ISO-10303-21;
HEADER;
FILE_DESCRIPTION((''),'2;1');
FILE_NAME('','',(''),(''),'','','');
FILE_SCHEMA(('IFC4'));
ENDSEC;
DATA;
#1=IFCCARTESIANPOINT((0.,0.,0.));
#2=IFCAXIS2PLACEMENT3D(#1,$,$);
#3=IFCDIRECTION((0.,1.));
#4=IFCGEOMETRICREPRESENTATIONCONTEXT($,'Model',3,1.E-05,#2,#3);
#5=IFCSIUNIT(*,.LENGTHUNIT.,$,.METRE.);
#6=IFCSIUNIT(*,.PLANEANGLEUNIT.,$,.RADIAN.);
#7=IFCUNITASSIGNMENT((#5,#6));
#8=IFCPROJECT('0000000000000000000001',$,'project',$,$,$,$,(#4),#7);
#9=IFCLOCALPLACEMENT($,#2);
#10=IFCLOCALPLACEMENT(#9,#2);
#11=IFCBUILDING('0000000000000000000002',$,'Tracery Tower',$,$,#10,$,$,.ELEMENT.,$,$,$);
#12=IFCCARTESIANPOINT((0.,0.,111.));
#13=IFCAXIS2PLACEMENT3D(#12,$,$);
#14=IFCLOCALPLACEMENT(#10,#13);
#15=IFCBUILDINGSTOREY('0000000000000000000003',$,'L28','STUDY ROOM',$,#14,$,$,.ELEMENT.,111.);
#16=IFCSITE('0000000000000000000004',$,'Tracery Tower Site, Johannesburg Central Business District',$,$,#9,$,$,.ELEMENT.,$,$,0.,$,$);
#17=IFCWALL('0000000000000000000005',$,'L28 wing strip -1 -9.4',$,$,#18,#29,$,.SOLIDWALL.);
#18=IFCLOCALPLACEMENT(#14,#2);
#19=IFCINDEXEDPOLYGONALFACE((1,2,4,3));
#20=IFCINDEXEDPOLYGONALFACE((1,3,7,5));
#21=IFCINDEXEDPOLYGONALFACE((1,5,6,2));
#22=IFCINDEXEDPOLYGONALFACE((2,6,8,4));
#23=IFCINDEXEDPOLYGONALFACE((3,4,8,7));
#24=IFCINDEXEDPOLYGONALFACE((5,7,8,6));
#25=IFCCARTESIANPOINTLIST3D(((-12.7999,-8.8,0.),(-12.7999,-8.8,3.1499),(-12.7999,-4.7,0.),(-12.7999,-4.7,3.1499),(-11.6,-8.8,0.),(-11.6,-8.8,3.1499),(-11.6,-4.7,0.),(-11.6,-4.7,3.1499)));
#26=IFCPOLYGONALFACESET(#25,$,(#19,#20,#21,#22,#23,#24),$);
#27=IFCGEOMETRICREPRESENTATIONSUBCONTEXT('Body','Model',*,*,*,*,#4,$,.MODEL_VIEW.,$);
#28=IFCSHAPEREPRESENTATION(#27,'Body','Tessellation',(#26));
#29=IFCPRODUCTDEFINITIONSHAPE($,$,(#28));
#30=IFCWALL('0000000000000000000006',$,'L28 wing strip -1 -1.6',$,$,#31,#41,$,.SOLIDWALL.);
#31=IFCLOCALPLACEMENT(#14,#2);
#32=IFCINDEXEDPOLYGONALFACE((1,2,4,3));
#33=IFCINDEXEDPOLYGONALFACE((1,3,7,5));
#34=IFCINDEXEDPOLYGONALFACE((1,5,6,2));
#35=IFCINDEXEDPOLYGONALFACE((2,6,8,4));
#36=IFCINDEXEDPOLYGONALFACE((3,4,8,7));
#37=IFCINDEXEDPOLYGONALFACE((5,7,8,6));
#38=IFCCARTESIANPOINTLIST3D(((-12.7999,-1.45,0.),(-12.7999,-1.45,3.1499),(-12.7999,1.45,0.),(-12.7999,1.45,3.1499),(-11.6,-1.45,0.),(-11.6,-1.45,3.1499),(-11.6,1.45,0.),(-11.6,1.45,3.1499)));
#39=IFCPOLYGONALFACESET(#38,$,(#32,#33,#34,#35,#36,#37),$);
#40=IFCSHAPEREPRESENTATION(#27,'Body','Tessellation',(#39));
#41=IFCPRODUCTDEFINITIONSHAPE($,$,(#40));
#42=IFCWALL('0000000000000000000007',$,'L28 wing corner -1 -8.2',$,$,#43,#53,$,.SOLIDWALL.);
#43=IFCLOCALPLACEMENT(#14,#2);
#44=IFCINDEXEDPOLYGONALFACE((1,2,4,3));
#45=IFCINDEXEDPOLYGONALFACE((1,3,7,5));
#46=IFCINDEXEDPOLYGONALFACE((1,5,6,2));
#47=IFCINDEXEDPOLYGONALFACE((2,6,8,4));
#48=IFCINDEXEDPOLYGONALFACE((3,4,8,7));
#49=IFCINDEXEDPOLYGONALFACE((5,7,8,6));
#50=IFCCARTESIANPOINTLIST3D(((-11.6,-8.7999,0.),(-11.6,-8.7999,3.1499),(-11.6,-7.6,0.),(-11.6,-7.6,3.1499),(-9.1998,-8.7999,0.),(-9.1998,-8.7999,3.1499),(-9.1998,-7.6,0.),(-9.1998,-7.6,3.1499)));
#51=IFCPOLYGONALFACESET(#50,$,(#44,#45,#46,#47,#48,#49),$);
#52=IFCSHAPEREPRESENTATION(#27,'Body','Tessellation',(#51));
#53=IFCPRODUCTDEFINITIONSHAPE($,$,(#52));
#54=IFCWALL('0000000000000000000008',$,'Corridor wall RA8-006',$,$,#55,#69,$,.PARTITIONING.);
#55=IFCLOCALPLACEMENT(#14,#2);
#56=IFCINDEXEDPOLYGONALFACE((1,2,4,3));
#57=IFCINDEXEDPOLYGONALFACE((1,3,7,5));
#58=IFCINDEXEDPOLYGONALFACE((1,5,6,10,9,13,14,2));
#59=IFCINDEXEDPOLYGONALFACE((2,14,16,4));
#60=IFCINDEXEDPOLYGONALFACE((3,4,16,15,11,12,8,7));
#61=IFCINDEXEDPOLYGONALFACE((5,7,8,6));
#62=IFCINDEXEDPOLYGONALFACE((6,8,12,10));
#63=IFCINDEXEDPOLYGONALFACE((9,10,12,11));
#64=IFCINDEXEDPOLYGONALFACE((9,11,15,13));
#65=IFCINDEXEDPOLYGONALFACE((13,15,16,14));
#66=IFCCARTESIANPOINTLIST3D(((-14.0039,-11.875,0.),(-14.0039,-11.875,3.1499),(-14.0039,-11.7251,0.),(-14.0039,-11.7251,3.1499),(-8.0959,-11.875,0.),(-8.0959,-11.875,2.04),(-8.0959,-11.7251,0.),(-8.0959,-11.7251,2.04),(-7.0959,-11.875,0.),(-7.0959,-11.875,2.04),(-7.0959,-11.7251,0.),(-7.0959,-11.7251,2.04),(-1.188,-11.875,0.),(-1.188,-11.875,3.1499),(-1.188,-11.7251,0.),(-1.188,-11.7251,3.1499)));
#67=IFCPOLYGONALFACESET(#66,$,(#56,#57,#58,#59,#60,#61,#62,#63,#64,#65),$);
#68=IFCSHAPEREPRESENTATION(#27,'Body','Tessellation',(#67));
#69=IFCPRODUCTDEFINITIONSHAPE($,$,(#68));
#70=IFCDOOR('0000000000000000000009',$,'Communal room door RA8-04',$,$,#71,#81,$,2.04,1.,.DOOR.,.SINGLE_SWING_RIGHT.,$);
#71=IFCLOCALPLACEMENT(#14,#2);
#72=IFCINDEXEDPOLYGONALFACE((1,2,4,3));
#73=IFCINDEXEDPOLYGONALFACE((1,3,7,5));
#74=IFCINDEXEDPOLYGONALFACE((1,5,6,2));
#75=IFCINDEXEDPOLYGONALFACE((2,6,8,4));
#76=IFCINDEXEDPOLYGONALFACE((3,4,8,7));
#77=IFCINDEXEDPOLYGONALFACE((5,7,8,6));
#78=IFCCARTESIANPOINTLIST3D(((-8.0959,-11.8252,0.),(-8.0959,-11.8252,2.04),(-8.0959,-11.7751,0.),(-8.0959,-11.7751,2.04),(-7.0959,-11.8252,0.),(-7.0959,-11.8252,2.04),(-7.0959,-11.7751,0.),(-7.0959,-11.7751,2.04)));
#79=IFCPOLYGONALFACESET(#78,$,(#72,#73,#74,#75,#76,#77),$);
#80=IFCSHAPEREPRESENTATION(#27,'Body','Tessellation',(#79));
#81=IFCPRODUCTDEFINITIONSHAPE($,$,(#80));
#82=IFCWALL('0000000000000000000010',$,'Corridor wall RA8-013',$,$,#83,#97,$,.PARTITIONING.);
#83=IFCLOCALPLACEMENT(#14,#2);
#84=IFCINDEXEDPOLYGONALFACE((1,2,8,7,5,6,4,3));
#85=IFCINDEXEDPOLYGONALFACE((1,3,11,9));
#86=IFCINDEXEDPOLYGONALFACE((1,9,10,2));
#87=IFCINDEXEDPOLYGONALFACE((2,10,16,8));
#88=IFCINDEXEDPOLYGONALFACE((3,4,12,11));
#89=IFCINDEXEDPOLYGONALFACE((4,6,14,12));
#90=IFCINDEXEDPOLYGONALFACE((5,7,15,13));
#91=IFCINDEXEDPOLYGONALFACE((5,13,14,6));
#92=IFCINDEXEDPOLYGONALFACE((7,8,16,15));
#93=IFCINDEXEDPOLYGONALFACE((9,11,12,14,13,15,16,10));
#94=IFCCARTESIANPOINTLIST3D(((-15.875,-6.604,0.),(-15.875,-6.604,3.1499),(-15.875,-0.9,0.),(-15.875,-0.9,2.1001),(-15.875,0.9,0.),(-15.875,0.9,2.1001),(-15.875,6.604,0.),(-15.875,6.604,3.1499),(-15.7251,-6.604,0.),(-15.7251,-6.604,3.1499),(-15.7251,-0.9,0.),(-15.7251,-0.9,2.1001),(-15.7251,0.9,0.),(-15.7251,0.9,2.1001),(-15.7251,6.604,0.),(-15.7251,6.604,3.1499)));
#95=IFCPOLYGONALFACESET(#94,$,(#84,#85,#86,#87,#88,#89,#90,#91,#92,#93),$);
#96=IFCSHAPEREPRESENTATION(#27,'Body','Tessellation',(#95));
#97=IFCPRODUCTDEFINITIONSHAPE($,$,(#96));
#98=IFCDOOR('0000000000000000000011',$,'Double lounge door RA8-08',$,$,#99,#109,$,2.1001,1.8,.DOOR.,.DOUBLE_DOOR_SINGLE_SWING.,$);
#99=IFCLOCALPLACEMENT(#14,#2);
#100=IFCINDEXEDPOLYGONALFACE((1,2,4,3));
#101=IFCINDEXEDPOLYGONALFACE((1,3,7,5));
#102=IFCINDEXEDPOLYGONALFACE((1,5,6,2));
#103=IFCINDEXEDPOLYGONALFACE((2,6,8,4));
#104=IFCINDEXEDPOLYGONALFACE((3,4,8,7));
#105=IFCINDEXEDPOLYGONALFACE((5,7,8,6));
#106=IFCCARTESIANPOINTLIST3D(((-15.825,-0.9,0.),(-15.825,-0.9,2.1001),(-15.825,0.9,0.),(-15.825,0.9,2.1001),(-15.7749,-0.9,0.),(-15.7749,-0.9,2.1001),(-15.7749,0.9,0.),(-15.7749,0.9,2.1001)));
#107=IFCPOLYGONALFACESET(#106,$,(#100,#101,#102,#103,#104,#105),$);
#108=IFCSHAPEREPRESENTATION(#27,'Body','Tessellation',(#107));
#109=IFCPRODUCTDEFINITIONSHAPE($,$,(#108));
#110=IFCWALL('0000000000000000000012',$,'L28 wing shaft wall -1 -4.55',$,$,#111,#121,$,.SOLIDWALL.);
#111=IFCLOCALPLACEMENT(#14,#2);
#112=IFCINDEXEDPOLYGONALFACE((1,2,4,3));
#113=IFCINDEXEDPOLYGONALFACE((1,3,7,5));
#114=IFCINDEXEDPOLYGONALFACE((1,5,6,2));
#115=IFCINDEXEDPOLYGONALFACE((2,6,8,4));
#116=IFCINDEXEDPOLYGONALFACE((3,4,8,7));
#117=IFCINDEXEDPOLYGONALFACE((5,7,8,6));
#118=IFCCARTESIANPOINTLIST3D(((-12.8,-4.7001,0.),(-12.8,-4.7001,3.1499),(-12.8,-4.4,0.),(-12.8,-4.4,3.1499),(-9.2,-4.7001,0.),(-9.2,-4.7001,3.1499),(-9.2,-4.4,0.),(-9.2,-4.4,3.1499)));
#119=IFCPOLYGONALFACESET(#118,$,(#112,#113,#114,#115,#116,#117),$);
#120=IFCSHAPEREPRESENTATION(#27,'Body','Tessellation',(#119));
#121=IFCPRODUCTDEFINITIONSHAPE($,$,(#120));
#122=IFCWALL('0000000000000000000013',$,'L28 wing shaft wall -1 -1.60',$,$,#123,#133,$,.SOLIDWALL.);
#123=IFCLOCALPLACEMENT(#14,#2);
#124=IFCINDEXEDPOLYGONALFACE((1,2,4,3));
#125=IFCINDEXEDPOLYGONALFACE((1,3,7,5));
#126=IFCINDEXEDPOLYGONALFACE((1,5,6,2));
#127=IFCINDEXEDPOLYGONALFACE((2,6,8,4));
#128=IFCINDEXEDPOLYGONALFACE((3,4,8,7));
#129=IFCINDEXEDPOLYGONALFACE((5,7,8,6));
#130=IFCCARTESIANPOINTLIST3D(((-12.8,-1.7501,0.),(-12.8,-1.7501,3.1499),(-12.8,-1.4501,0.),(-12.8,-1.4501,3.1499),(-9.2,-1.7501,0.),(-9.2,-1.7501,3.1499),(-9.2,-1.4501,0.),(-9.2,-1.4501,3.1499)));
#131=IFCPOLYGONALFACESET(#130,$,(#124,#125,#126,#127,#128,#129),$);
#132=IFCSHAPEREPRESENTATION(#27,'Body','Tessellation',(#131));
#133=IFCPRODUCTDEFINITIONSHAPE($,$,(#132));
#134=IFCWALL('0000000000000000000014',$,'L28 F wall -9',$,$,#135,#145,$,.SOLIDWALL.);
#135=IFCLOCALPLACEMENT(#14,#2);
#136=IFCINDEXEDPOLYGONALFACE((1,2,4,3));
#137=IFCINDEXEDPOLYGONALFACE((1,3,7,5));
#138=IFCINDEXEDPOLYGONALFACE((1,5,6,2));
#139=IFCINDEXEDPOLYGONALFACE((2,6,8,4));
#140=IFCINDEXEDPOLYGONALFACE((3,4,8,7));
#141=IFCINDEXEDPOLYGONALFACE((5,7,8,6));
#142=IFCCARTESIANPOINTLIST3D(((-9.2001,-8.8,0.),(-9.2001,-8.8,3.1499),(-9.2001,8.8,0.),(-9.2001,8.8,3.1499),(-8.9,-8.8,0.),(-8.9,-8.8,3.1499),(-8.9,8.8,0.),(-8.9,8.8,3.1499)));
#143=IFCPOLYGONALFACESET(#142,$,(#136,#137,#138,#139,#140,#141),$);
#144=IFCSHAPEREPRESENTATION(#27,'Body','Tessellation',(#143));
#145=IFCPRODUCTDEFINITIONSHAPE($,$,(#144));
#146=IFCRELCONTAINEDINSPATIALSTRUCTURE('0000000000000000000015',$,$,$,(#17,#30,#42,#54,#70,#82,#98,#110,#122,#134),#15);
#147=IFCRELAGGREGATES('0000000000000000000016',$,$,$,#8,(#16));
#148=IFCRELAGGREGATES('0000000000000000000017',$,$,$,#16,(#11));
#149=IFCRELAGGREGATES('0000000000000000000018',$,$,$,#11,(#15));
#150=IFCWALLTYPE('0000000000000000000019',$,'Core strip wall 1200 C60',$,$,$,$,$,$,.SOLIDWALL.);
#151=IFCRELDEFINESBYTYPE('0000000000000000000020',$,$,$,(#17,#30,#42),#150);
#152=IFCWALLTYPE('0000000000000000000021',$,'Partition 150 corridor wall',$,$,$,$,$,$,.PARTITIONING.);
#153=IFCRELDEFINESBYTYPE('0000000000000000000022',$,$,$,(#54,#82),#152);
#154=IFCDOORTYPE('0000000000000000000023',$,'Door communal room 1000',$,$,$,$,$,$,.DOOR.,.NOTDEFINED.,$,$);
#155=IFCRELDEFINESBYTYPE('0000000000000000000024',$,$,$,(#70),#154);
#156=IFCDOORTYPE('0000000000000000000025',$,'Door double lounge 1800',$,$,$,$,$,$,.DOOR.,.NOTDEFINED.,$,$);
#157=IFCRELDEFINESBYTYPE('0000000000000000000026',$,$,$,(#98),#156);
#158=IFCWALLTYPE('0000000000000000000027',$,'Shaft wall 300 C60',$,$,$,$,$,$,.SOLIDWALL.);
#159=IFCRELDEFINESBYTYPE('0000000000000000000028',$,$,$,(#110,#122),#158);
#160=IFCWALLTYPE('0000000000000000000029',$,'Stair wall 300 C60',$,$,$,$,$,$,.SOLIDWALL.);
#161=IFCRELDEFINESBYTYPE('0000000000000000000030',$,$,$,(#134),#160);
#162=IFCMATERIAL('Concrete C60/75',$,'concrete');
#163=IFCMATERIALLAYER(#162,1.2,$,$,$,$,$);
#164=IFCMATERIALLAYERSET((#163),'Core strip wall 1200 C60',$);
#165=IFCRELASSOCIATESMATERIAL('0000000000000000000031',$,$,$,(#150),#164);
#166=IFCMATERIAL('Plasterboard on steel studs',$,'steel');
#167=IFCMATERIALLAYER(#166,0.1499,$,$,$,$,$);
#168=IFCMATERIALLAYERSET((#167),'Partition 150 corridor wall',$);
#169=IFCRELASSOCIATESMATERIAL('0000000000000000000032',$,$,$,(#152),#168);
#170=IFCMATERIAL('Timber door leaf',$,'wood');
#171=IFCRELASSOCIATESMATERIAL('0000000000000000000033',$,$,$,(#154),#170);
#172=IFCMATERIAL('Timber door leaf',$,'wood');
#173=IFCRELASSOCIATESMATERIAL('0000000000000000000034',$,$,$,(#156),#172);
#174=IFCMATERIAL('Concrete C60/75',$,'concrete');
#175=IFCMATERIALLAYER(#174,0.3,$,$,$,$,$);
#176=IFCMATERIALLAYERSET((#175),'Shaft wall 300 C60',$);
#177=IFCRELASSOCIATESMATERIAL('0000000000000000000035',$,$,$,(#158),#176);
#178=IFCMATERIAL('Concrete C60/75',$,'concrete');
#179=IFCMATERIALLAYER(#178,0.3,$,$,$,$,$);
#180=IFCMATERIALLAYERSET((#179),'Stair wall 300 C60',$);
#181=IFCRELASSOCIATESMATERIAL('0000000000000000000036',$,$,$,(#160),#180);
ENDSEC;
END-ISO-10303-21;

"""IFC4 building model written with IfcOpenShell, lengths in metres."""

from ifc_helpers import new_model, si_unit, direction, frame, frame_2d, origin, place, context, subcontext, project, spatial, rectangle, extrude, material, layer, layer_set, type_object, element, fill, save


model = new_model("IFC4")

# Units and contexts
model_context = context("Model", 3, precision=1e-05, world=origin(), true_north=direction((0.0, 1.0)))
body_context = subcontext(model_context, "Body", "Model", "MODEL_VIEW")
ifc_project = project(units=[si_unit("LENGTHUNIT", "METRE"), si_unit("PLANEANGLEUNIT", "RADIAN")], contexts=[model_context])

# Site, building, storey
site_placement = place(None, origin())
site = spatial("IfcSite", under=ifc_project, at=site_placement, Name="Tracery Tower Site, Johannesburg Central Business District", CompositionType="ELEMENT", RefElevation=0.0)
building_placement = place(site_placement, origin())
building = spatial("IfcBuilding", under=site, at=building_placement, Name="Tracery Tower", CompositionType="ELEMENT")
storey_placement = place(building_placement, frame((0.0, 0.0, 111.0)))
storey = spatial("IfcBuildingStorey", under=building, at=storey_placement, Name="L28", Description="STUDY ROOM", CompositionType="ELEMENT", Elevation=111.0)

# Walls
ifc_material_1 = material(Name="Concrete C60/75", Category="concrete")
ifc_layer_1 = layer(ifc_material_1, 1.2)
ifc_layer_set_1 = layer_set([ifc_layer_1], Name="Core strip wall 1200 C60")
wall_type_1 = type_object("IfcWallType", Name="Core strip wall 1200 C60", PredefinedType="SOLIDWALL", material=ifc_layer_set_1)
wall_1_placement = place(storey_placement, frame((-12.2, -8.8, 0.0), z_axis=(0.0, 0.0, 1.0), x_axis=(0.0, 1.0, 0.0)))
element("IfcWall", 1, at=wall_1_placement, inside=storey, type_object=wall_type_1, Name="L28 wing strip -1 -9.4", PredefinedType="SOLIDWALL", context=body_context, shape_type="SweptSolid", body=[
    extrude(rectangle(XDim=4.1001, YDim=1.2, at=frame_2d((2.05, 0.0))), origin(), (0.0, 0.0, 1.0), 3.1499),
])
wall_2_placement = place(storey_placement, frame((-12.2, -1.45, 0.0), z_axis=(0.0, 0.0, 1.0), x_axis=(0.0, 1.0, 0.0)))
element("IfcWall", 2, at=wall_2_placement, inside=storey, type_object=wall_type_1, Name="L28 wing strip -1 -1.6", PredefinedType="SOLIDWALL", context=body_context, shape_type="SweptSolid", body=[
    extrude(rectangle(XDim=2.8999, YDim=1.2, at=frame_2d((1.45, 0.0))), origin(), (0.0, 0.0, 1.0), 3.1499),
])
wall_3_placement = place(storey_placement, frame((-11.6001, -8.2, 0.0), z_axis=(0.0, 0.0, 1.0), x_axis=(1.0, 0.0, 0.0)))
element("IfcWall", 3, at=wall_3_placement, inside=storey, type_object=wall_type_1, Name="L28 wing corner -1 -8.2", PredefinedType="SOLIDWALL", context=body_context, shape_type="SweptSolid", body=[
    extrude(rectangle(XDim=2.4001, YDim=1.2, at=frame_2d((1.2002, 0.0))), origin(), (0.0, 0.0, 1.0), 3.1499),
])

# Walls, openings, doors
ifc_material_2 = material(Name="Plasterboard on steel studs", Category="steel")
ifc_layer_2 = layer(ifc_material_2, 0.1499)
ifc_layer_set_2 = layer_set([ifc_layer_2], Name="Partition 150 corridor wall")
wall_type_2 = type_object("IfcWallType", Name="Partition 150 corridor wall", PredefinedType="PARTITIONING", material=ifc_layer_set_2)
wall_4_placement = place(storey_placement, frame((-14.0039, -11.8, 0.0), z_axis=(0.0, 0.0, 1.0), x_axis=(1.0, 0.0, 0.0)))
wall_4 = element("IfcWall", 4, at=wall_4_placement, inside=storey, type_object=wall_type_2, Name="Corridor wall RA8-006", PredefinedType="PARTITIONING", context=body_context, shape_type="SweptSolid", body=[
    extrude(rectangle(XDim=12.8159, YDim=0.1499, at=frame_2d((6.408, 0.0))), origin(), (0.0, 0.0, 1.0), 3.1499),
])
opening_1_placement = place(wall_4_placement, frame((5.908, 0.0, 0.0)))
opening_1 = element("IfcOpeningElement", 5, at=opening_1_placement, cuts=wall_4, PredefinedType="OPENING", context=body_context, shape_type="SweptSolid", body=[
    extrude(rectangle(XDim=1.0, YDim=2.04, at=frame_2d((0.5, 1.02))), frame((0.0, 0.075, 0.0), z_axis=(0.0, -1.0, 0.0), x_axis=(1.0, 0.0, 0.0)), (0.0, 0.0, 1.0), 0.1499),
])
ifc_material_3 = material(Name="Timber door leaf", Category="wood")
door_type_1 = type_object("IfcDoorType", Name="Door communal room 1000", OperationType="NOTDEFINED", PredefinedType="DOOR", material=ifc_material_3)
door_1_placement = place(opening_1_placement, origin())
door_1 = element("IfcDoor", 6, at=door_1_placement, inside=storey, type_object=door_type_1, Name="Communal room door RA8-04", OperationType="SINGLE_SWING_RIGHT", OverallHeight=2.04, OverallWidth=1.0, PredefinedType="DOOR", context=body_context, shape_type="SweptSolid", body=[
    extrude(rectangle(XDim=1.0, YDim=2.04, at=frame_2d((0.5, 1.02))), frame((0.0, 0.0249, 0.0), z_axis=(0.0, -1.0, 0.0), x_axis=(1.0, 0.0, 0.0)), (0.0, 0.0, 1.0), 0.05),
])
fill(opening_1, door_1)
wall_5_placement = place(storey_placement, frame((-15.8, -6.604, 0.0), z_axis=(0.0, 0.0, 1.0), x_axis=(0.0, 1.0, 0.0)))
wall_5 = element("IfcWall", 7, at=wall_5_placement, inside=storey, type_object=wall_type_2, Name="Corridor wall RA8-013", PredefinedType="PARTITIONING", context=body_context, shape_type="SweptSolid", body=[
    extrude(rectangle(XDim=13.208, YDim=0.1499, at=frame_2d((6.604, 0.0))), origin(), (0.0, 0.0, 1.0), 3.1499),
])
opening_2_placement = place(wall_5_placement, frame((5.7041, 0.0, 0.0)))
opening_2 = element("IfcOpeningElement", 8, at=opening_2_placement, cuts=wall_5, PredefinedType="OPENING", context=body_context, shape_type="SweptSolid", body=[
    extrude(rectangle(XDim=1.8, YDim=2.1001, at=frame_2d((0.8999, 1.05))), frame((0.0, 0.075, 0.0), z_axis=(0.0, -1.0, 0.0), x_axis=(1.0, 0.0, 0.0)), (0.0, 0.0, 1.0), 0.1499),
])
ifc_material_4 = material(Name="Timber door leaf", Category="wood")
door_type_2 = type_object("IfcDoorType", Name="Door double lounge 1800", OperationType="NOTDEFINED", PredefinedType="DOOR", material=ifc_material_4)
door_2_placement = place(opening_2_placement, origin())
door_2 = element("IfcDoor", 9, at=door_2_placement, inside=storey, type_object=door_type_2, Name="Double lounge door RA8-08", OperationType="DOUBLE_DOOR_SINGLE_SWING", OverallHeight=2.1001, OverallWidth=1.8, PredefinedType="DOOR", context=body_context, shape_type="SweptSolid", body=[
    extrude(rectangle(XDim=1.8, YDim=2.1001, at=frame_2d((0.8999, 1.05))), frame((0.0, 0.0249, 0.0), z_axis=(0.0, -1.0, 0.0), x_axis=(1.0, 0.0, 0.0)), (0.0, 0.0, 1.0), 0.05),
])
fill(opening_2, door_2)

# Walls
ifc_material_5 = material(Name="Concrete C60/75", Category="concrete")
ifc_layer_3 = layer(ifc_material_5, 0.3)
ifc_layer_set_3 = layer_set([ifc_layer_3], Name="Shaft wall 300 C60")
wall_type_3 = type_object("IfcWallType", Name="Shaft wall 300 C60", PredefinedType="SOLIDWALL", material=ifc_layer_set_3)
for number, where, z_axis, x_axis, name in (
    (10, (-12.8, -4.55, 0.0), (0.0, 0.0, 1.0), (1.0, 0.0, 0.0), "L28 wing shaft wall -1 -4.55"),
    (11, (-12.8, -1.6001, 0.0), (0.0, 0.0, 1.0), (1.0, 0.0, 0.0), "L28 wing shaft wall -1 -1.60"),
):
    element("IfcWall", number, at=place(storey_placement, frame(where, z_axis=z_axis, x_axis=x_axis)), inside=storey, type_object=wall_type_3, Name=name, PredefinedType="SOLIDWALL", context=body_context, shape_type="SweptSolid", body=[
        extrude(rectangle(XDim=3.6001, YDim=0.3, at=frame_2d((1.8, 0.0))), origin(), (0.0, 0.0, 1.0), 3.1499),
    ])
ifc_material_6 = material(Name="Concrete C60/75", Category="concrete")
ifc_layer_4 = layer(ifc_material_6, 0.3)
ifc_layer_set_4 = layer_set([ifc_layer_4], Name="Stair wall 300 C60")
wall_type_4 = type_object("IfcWallType", Name="Stair wall 300 C60", PredefinedType="SOLIDWALL", material=ifc_layer_set_4)
wall_6_placement = place(storey_placement, frame((-9.05, -8.8, 0.0), z_axis=(0.0, 0.0, 1.0), x_axis=(0.0, 1.0, 0.0)))
element("IfcWall", 12, at=wall_6_placement, inside=storey, type_object=wall_type_4, Name="L28 F wall -9", PredefinedType="SOLIDWALL", context=body_context, shape_type="SweptSolid", body=[
    extrude(rectangle(XDim=17.6001, YDim=0.3, at=frame_2d((8.8, 0.0))), origin(), (0.0, 0.0, 1.0), 3.1499),
])

save(model, "model.ifc")
